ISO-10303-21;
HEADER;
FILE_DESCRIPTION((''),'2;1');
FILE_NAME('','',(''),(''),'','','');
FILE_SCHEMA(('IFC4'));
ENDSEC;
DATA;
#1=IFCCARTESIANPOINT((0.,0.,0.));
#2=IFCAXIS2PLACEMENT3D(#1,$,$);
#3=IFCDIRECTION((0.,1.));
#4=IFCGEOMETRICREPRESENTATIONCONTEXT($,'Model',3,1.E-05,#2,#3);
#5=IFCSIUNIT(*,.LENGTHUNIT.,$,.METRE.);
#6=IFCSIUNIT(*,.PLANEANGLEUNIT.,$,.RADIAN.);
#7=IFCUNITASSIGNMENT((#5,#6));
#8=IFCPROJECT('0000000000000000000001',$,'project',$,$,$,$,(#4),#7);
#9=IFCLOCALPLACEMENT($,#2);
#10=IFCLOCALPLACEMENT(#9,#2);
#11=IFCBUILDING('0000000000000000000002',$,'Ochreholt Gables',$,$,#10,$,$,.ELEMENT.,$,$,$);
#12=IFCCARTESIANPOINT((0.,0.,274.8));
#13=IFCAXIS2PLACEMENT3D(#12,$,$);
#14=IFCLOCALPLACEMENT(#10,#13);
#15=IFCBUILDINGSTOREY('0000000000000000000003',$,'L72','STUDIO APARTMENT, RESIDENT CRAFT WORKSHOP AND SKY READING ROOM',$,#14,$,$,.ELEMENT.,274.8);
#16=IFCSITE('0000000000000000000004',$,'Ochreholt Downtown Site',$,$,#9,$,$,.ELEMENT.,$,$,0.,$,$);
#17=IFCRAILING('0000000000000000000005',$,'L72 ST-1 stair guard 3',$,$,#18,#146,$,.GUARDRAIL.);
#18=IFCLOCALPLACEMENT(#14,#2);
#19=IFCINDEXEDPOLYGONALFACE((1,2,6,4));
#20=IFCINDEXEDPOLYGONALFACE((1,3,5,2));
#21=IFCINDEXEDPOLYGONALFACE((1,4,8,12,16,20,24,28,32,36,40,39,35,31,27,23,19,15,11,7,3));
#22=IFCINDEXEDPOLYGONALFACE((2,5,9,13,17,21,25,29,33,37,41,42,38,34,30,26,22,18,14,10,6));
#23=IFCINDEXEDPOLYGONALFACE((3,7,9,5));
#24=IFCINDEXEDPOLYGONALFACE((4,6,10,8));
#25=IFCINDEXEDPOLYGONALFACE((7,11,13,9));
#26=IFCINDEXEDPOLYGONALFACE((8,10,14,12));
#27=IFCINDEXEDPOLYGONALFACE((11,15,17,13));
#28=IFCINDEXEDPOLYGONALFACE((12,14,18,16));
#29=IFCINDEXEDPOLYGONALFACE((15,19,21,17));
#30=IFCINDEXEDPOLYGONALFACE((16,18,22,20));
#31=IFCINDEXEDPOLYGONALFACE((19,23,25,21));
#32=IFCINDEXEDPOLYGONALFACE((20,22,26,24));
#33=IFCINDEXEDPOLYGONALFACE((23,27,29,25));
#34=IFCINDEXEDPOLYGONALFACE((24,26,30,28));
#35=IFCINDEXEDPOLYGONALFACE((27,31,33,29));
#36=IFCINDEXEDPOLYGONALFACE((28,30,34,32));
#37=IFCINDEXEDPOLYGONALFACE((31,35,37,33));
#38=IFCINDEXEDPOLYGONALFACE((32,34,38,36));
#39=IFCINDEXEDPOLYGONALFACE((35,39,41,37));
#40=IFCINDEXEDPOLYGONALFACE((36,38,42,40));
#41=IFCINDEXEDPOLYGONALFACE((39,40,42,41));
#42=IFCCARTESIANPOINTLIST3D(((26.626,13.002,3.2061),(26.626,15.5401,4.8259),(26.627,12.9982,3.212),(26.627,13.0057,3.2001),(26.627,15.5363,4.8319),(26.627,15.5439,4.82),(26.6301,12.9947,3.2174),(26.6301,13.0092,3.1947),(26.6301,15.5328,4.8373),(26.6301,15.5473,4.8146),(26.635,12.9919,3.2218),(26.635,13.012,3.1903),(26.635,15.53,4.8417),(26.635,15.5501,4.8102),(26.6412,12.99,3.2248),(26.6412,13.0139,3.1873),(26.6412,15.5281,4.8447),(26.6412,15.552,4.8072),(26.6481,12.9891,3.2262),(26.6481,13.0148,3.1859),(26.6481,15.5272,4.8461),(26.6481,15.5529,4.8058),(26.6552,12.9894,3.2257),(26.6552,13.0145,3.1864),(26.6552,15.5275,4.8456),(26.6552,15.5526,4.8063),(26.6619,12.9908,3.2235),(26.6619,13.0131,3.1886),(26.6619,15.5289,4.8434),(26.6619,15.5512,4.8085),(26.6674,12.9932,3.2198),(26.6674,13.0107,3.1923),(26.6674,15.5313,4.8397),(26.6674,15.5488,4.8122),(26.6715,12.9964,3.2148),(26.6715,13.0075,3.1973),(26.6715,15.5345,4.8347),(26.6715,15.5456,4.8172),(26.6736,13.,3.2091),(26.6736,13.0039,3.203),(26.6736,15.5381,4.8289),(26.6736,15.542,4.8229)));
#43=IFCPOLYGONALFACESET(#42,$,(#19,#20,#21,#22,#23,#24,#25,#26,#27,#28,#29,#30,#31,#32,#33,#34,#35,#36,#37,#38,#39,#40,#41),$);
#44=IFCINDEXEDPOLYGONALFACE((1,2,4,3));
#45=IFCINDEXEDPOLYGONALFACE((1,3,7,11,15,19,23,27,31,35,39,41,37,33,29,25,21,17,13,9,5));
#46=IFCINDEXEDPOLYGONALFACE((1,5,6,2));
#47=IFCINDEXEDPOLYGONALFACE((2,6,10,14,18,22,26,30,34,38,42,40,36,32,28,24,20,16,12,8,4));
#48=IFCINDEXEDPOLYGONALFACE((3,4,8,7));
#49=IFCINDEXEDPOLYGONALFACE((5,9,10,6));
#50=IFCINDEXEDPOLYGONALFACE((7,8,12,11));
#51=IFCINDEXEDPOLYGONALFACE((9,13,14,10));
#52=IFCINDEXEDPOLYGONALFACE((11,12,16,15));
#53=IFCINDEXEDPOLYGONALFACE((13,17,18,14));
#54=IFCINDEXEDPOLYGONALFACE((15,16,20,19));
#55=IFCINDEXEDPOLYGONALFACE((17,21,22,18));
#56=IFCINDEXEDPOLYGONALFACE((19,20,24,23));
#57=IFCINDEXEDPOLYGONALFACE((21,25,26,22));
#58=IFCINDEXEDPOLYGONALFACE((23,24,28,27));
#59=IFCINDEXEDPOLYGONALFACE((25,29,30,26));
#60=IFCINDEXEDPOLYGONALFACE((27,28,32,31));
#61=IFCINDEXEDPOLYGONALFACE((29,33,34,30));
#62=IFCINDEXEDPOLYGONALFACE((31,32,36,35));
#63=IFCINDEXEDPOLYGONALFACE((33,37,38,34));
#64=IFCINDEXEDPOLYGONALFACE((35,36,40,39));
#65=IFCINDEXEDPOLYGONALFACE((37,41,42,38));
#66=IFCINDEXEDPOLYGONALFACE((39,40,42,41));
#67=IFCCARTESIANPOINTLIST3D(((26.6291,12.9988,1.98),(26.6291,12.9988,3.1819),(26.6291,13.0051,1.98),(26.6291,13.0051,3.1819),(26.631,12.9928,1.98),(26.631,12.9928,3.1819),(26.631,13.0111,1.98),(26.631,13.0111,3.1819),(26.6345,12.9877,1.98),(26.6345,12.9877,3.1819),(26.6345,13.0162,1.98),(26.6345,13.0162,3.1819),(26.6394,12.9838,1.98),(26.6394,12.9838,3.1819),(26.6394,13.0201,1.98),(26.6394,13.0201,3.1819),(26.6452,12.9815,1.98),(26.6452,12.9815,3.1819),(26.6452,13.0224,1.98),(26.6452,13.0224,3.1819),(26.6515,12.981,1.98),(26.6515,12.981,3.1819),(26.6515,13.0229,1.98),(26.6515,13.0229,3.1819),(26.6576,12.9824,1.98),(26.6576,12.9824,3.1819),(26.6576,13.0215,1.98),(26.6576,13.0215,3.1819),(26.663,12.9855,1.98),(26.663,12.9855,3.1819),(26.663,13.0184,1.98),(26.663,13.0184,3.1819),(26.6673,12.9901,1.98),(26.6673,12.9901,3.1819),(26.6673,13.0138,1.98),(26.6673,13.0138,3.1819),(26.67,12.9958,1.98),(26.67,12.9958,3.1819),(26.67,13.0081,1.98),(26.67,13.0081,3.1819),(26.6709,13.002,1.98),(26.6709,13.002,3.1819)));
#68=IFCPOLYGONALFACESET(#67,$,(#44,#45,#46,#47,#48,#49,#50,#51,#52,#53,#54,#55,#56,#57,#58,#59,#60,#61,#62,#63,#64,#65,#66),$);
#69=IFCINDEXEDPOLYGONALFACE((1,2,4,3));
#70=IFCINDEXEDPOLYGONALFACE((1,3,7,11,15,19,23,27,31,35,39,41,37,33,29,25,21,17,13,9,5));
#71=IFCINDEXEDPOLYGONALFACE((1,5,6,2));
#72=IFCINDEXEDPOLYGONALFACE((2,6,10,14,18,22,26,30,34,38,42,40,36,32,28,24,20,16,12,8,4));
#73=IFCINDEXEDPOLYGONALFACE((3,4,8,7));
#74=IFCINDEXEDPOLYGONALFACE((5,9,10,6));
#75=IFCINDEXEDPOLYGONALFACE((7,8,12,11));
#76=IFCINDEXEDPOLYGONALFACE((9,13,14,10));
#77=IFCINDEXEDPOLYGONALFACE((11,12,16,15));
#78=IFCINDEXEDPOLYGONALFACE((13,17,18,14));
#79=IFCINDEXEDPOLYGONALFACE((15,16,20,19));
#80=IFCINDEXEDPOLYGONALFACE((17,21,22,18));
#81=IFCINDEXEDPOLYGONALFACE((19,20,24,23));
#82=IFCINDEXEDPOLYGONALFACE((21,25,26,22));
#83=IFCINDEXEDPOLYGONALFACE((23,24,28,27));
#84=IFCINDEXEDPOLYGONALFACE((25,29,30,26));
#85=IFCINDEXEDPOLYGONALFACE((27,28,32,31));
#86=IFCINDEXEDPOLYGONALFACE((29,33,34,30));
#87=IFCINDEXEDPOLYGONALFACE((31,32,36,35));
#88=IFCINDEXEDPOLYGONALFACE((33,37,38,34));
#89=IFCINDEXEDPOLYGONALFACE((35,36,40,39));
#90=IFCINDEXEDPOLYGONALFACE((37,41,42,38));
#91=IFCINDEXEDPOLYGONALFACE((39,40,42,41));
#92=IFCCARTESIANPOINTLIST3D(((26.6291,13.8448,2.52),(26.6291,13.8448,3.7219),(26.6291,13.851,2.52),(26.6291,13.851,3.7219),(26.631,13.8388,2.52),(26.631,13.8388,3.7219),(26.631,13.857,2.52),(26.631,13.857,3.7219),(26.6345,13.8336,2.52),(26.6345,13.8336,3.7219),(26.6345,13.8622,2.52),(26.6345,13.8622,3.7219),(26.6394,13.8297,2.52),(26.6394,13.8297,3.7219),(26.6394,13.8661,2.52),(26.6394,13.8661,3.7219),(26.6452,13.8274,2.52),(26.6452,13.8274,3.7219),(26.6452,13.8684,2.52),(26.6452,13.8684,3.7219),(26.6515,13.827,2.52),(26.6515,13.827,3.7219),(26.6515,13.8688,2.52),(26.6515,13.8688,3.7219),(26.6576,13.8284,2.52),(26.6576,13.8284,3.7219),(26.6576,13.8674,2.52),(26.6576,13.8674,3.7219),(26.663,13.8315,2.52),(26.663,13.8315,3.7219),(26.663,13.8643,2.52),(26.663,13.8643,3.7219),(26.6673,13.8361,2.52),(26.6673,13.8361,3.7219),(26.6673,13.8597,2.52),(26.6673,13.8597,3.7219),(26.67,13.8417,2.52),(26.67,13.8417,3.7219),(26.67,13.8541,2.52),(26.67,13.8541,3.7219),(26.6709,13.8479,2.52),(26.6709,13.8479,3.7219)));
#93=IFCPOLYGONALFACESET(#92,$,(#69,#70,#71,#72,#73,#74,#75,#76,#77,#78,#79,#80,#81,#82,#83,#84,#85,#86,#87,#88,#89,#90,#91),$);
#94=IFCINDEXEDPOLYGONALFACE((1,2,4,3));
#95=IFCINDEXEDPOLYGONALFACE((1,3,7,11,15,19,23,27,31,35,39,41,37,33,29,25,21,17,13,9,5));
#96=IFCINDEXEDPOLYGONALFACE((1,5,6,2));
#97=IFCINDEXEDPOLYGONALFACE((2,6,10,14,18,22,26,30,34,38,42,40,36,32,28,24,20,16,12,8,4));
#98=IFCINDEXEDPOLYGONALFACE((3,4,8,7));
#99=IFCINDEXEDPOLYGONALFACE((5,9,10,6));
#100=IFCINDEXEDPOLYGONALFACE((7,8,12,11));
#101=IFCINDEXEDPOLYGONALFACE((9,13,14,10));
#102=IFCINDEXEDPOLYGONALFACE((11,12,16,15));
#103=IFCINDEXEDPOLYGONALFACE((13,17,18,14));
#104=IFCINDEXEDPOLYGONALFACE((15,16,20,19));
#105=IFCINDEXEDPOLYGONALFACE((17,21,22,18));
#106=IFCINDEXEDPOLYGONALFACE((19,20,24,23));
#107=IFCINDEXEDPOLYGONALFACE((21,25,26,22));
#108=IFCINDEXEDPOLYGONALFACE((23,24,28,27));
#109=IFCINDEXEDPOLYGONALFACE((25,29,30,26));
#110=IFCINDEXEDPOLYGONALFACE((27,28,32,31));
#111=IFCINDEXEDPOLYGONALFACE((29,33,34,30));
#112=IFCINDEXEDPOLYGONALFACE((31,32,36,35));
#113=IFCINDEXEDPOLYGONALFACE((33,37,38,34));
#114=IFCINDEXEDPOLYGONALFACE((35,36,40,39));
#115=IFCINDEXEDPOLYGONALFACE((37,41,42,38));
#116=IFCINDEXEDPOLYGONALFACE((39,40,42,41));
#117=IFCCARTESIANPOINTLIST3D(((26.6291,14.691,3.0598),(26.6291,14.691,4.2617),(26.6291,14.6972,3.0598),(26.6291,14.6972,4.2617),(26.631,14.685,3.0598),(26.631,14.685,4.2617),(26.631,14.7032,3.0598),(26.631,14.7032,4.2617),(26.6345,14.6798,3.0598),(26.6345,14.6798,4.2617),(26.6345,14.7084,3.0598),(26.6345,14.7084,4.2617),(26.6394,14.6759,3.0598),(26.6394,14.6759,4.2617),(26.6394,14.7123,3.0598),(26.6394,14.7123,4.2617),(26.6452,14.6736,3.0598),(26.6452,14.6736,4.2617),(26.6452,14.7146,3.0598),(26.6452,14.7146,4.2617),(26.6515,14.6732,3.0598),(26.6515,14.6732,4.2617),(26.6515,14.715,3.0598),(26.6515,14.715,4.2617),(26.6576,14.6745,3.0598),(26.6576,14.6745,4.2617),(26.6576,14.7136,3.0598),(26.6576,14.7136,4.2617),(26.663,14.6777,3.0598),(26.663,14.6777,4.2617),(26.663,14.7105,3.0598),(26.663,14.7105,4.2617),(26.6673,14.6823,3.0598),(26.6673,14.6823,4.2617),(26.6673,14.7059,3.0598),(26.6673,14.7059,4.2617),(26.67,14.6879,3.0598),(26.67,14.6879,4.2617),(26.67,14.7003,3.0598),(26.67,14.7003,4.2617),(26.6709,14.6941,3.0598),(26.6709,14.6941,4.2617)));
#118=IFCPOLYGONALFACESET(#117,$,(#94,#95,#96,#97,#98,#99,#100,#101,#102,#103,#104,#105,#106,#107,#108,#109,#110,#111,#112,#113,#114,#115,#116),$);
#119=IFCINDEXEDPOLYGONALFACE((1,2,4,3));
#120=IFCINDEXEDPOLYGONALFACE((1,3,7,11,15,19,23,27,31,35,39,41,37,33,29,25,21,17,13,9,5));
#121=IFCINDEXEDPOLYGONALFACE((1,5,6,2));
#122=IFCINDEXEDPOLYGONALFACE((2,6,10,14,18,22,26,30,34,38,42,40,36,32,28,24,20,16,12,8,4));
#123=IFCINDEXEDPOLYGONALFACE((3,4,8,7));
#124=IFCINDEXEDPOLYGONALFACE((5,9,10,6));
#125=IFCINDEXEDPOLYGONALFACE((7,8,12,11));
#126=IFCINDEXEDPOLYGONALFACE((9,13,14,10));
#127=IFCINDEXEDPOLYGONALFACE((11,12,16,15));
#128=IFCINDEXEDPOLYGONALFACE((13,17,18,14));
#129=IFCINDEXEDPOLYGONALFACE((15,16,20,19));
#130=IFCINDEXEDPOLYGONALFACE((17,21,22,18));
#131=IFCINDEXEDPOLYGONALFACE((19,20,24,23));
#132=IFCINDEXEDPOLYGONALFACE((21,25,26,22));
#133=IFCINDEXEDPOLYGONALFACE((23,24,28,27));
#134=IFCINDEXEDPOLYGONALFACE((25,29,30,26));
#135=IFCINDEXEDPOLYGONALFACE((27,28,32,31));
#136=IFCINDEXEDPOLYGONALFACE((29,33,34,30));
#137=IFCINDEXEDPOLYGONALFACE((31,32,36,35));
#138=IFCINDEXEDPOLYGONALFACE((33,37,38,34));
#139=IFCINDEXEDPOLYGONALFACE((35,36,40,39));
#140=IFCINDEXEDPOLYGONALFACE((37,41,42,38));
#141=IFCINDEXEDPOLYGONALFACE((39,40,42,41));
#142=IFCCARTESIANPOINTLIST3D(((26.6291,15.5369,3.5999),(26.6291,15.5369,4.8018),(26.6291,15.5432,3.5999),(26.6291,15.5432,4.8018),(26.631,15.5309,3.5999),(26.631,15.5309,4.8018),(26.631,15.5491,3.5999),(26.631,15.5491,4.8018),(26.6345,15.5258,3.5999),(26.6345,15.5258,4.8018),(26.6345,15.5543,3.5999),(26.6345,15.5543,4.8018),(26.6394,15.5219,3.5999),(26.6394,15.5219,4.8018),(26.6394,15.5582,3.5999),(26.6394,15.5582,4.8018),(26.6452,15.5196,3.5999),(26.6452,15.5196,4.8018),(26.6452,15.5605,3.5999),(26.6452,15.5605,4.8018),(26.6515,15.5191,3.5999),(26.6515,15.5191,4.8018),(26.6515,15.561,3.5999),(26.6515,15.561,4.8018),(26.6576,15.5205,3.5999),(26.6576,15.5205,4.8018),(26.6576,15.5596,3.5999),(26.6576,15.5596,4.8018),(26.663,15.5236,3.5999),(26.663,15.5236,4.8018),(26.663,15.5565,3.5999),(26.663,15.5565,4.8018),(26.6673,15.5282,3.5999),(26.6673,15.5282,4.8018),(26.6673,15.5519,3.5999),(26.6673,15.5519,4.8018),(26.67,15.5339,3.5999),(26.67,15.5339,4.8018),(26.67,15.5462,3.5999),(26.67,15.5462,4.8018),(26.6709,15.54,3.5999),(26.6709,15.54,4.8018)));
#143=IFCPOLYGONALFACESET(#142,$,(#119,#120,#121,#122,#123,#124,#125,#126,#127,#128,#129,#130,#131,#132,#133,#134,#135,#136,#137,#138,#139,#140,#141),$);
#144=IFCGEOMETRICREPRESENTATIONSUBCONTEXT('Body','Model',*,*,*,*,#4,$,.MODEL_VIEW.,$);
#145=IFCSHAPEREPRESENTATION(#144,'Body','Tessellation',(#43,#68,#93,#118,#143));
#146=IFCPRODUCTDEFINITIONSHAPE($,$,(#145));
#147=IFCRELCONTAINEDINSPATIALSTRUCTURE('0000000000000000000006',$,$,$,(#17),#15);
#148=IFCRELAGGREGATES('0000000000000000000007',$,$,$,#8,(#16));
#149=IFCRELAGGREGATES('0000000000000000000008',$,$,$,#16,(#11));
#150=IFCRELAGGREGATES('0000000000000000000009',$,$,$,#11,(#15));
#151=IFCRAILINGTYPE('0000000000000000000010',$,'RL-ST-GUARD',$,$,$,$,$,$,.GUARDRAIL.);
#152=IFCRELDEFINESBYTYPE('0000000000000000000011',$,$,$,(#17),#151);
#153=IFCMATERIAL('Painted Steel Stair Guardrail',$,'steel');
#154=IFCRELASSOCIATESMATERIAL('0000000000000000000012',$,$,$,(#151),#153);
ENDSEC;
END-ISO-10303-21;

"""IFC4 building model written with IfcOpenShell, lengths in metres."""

from ifc_helpers import new_model, si_unit, direction, frame, origin, origin_2d, place, context, subcontext, project, spatial, circle, extrude, material, type_object, element, save


model = new_model("IFC4")

# Units and contexts
model_context = context("Model", 3, precision=1e-05, world=origin(), true_north=direction((0.0, 1.0)))
body_context = subcontext(model_context, "Body", "Model", "MODEL_VIEW")
ifc_project = project(units=[si_unit("LENGTHUNIT", "METRE"), si_unit("PLANEANGLEUNIT", "RADIAN")], contexts=[model_context])

# Site, building, storey
site_placement = place(None, origin())
site = spatial("IfcSite", under=ifc_project, at=site_placement, Name="Ochreholt Downtown Site", CompositionType="ELEMENT", RefElevation=0.0)
building_placement = place(site_placement, origin())
building = spatial("IfcBuilding", under=site, at=building_placement, Name="Ochreholt Gables", CompositionType="ELEMENT")
storey_placement = place(building_placement, frame((0.0, 0.0, 274.8)))
storey = spatial("IfcBuildingStorey", under=building, at=storey_placement, Name="L72", Description="STUDIO APARTMENT, RESIDENT CRAFT WORKSHOP AND SKY READING ROOM", CompositionType="ELEMENT", Elevation=274.8)

# Railing
ifc_material_1 = material(Name="Painted Steel Stair Guardrail", Category="steel")
railing_type = type_object("IfcRailingType", Name="RL-ST-GUARD", PredefinedType="GUARDRAIL", material=ifc_material_1)
railing_1_placement = place(storey_placement, frame((26.6499, 13.002, 1.98)))
element("IfcRailing", 1, at=railing_1_placement, inside=storey, type_object=railing_type, Name="L72 ST-1 stair guard 3", PredefinedType="GUARDRAIL", context=body_context, shape_type="SweptSolid", body=[
    extrude(circle(Radius=0.0239, at=origin_2d()), frame((0.0, 0.0, 1.2261), z_axis=(0.0, 0.84295, 0.537993), x_axis=(-1.0, 0.0, 0.0)), (0.0, 0.0, 1.0), 3.011),
    extrude(circle(Radius=0.021, at=origin_2d()), origin(), (0.0, 0.0, 1.0), 1.2019),
    extrude(circle(Radius=0.021, at=origin_2d()), frame((0.0, 0.8459, 0.54)), (0.0, 0.0, 1.0), 1.2019),
    extrude(circle(Radius=0.021, at=origin_2d()), frame((0.0, 1.6921, 1.0798)), (0.0, 0.0, 1.0), 1.2019),
    extrude(circle(Radius=0.021, at=origin_2d()), frame((0.0, 2.5381, 1.6199)), (0.0, 0.0, 1.0), 1.2019),
])

save(model, "model.ifc")
